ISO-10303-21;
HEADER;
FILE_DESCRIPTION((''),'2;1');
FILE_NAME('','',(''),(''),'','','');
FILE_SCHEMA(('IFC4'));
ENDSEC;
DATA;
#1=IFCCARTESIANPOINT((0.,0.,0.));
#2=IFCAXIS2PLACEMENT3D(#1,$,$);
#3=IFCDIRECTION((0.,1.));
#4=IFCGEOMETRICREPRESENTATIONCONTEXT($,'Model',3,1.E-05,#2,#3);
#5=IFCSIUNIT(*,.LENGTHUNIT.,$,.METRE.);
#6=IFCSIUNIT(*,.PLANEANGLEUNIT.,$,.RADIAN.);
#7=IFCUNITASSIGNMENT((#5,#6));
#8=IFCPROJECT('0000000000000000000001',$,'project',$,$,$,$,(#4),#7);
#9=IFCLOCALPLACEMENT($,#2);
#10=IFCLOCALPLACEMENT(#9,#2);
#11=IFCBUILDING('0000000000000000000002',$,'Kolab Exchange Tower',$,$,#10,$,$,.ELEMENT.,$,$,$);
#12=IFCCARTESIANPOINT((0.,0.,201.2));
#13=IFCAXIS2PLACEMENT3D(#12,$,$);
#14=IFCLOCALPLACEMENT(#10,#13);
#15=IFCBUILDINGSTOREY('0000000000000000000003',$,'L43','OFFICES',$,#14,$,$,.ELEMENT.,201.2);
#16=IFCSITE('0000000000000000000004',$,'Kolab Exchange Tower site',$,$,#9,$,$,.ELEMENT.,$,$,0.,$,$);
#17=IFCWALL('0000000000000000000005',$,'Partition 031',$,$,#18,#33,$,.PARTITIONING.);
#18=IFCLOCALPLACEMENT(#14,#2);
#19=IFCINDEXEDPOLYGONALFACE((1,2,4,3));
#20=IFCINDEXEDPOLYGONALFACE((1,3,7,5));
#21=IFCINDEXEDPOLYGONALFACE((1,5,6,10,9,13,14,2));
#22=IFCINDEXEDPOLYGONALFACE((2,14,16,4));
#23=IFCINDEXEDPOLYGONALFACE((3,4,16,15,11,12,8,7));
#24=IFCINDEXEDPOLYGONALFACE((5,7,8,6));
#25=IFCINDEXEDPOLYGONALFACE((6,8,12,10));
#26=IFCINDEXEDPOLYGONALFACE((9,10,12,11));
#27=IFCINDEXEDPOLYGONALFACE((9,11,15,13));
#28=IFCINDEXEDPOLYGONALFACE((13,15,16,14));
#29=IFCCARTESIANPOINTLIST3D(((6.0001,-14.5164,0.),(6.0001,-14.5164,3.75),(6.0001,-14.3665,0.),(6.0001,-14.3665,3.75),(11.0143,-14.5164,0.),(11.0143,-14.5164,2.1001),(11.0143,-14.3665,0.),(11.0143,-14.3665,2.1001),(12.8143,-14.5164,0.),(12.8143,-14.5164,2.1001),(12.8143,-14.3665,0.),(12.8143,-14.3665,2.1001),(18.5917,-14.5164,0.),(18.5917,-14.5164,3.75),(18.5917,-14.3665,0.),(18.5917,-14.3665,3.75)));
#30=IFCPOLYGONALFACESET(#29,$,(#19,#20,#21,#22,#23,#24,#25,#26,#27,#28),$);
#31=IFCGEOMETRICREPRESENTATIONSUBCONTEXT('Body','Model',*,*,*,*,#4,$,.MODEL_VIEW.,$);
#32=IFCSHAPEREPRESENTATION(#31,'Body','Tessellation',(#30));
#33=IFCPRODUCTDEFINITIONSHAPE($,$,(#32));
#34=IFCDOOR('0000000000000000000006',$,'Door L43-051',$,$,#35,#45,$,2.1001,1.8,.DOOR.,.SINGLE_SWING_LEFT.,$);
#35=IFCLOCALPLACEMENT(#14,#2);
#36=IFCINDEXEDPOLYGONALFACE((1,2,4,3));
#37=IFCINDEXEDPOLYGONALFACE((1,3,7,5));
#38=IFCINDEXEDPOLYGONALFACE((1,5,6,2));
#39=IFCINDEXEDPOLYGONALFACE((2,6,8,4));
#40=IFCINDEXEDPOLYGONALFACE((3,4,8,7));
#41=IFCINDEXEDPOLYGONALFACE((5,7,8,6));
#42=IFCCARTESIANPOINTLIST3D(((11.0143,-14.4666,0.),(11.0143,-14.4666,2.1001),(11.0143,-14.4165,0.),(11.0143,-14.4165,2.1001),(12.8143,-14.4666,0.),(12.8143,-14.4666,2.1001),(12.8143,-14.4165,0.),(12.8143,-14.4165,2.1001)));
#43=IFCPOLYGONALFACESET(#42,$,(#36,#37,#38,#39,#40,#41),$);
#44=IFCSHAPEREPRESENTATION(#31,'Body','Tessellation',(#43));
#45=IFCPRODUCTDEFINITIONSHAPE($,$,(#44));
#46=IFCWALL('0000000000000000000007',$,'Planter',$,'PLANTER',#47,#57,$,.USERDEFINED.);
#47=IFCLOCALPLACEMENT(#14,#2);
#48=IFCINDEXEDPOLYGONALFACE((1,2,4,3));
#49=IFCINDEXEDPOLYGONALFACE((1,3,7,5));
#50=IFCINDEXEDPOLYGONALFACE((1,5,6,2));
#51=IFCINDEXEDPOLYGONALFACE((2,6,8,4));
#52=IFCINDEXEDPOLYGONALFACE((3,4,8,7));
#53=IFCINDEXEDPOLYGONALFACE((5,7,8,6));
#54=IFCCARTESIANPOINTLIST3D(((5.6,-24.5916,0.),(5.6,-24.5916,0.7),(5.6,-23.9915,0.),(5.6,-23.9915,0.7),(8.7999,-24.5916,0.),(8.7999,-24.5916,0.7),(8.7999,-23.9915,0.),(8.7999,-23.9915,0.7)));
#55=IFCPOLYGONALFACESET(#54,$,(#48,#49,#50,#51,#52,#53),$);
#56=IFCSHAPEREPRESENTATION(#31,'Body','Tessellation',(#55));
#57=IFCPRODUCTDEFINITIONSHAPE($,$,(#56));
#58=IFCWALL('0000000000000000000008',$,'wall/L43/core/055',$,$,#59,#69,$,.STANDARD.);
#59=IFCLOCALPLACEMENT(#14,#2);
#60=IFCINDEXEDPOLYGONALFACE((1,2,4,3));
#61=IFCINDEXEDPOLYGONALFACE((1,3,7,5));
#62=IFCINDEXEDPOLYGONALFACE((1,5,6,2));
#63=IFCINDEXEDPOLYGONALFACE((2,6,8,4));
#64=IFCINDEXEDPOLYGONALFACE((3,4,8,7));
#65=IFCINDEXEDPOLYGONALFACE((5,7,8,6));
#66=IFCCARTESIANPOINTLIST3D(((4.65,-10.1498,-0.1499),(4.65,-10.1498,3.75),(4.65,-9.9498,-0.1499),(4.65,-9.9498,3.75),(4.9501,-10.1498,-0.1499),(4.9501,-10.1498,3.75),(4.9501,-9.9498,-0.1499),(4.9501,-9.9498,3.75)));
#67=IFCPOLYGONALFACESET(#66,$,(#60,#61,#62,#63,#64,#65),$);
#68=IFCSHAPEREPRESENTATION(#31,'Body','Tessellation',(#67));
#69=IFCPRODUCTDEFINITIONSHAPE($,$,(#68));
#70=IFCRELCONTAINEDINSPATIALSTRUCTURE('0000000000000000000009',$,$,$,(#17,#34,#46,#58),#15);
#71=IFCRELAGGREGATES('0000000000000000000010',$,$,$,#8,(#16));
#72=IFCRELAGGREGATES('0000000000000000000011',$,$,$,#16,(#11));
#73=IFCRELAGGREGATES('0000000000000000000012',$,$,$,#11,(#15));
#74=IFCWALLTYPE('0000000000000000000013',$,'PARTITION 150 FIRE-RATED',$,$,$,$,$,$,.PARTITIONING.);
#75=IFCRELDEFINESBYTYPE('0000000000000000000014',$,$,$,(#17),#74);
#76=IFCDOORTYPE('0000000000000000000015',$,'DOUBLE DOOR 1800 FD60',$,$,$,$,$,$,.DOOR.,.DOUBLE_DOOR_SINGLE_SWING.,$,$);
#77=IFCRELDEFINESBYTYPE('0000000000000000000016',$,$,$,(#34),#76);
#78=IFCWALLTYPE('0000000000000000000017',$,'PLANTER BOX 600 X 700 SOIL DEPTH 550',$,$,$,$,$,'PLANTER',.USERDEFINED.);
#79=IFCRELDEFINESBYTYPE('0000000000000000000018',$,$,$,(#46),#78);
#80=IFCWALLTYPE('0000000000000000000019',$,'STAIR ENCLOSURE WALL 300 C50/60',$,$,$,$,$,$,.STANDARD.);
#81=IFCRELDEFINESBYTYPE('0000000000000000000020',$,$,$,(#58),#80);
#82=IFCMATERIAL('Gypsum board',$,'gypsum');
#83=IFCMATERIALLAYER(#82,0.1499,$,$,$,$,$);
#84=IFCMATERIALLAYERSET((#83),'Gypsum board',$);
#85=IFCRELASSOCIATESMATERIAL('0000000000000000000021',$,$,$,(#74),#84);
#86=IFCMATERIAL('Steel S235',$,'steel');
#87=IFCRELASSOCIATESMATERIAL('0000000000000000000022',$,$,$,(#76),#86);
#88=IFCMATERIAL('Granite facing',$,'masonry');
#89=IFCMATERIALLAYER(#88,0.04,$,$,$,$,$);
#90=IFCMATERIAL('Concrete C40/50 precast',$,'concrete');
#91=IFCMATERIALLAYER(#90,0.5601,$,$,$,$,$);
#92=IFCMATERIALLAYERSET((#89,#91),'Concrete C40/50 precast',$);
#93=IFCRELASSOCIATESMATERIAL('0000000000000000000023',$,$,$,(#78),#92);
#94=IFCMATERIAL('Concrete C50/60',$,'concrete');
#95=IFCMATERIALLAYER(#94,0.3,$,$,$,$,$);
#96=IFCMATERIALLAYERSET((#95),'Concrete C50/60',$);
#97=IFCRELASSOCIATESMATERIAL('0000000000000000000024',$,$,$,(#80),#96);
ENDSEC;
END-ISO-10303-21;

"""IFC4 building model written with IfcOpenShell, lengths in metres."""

from ifc_helpers import new_model, si_unit, direction, frame, frame_2d, origin, place, context, subcontext, project, spatial, rectangle, extrude, material, layer, layer_set, type_object, element, fill, save


model = new_model("IFC4")

# Units and contexts
model_context = context("Model", 3, precision=1e-05, world=origin(), true_north=direction((0.0, 1.0)))
body_context = subcontext(model_context, "Body", "Model", "MODEL_VIEW")
ifc_project = project(units=[si_unit("LENGTHUNIT", "METRE"), si_unit("PLANEANGLEUNIT", "RADIAN")], contexts=[model_context])

# Site, building, storey
site_placement = place(None, origin())
site = spatial("IfcSite", under=ifc_project, at=site_placement, Name="Kolab Exchange Tower site", CompositionType="ELEMENT", RefElevation=0.0)
building_placement = place(site_placement, origin())
building = spatial("IfcBuilding", under=site, at=building_placement, Name="Kolab Exchange Tower", CompositionType="ELEMENT")
storey_placement = place(building_placement, frame((0.0, 0.0, 201.2)))
storey = spatial("IfcBuildingStorey", under=building, at=storey_placement, Name="L43", Description="OFFICES", CompositionType="ELEMENT", Elevation=201.2)

# Shared definitions
ifc_material_1 = material(Name="Gypsum board", Category="gypsum")

# Wall, opening, door
ifc_layer_1 = layer(ifc_material_1, 0.1499)
ifc_layer_set_1 = layer_set([ifc_layer_1], Name="Gypsum board")
wall_type_1 = type_object("IfcWallType", Name="PARTITION 150 FIRE-RATED", PredefinedType="PARTITIONING", material=ifc_layer_set_1)
ifc_material_2 = material(Name="Steel S235", Category="steel")
wall_1_placement = place(storey_placement, frame((6.0, -14.4414, 0.0), z_axis=(0.0, 0.0, 1.0), x_axis=(1.0, 0.0, 0.0)))
wall_1 = element("IfcWall", 1, at=wall_1_placement, inside=storey, type_object=wall_type_1, Name="Partition 031", PredefinedType="PARTITIONING", context=body_context, shape_type="SweptSolid", body=[
    extrude(rectangle(XDim=12.5916, YDim=0.1499, at=frame_2d((6.2959, 0.0))), origin(), (0.0, 0.0, 1.0), 3.75),
])
opening_1_placement = place(wall_1_placement, frame((5.0144, 0.0, 0.0)))
opening_1 = element("IfcOpeningElement", 2, at=opening_1_placement, cuts=wall_1, PredefinedType="OPENING", context=body_context, shape_type="SweptSolid", body=[
    extrude(rectangle(XDim=1.8, YDim=2.1001, at=frame_2d((0.8999, 1.05))), frame((0.0, 0.085, 0.0), z_axis=(0.0, -1.0, 0.0), x_axis=(1.0, 0.0, 0.0)), (0.0, 0.0, 1.0), 0.1699),
])
door_type_1 = type_object("IfcDoorType", Name="DOUBLE DOOR 1800 FD60", OperationType="DOUBLE_DOOR_SINGLE_SWING", PredefinedType="DOOR", material=ifc_material_2)
door_1_placement = place(opening_1_placement, origin())
door_1 = element("IfcDoor", 3, at=door_1_placement, inside=storey, type_object=door_type_1, Name="Door L43-051", OperationType="SINGLE_SWING_LEFT", OverallHeight=2.1001, OverallWidth=1.8, PredefinedType="DOOR", context=body_context, shape_type="SweptSolid", body=[
    extrude(rectangle(XDim=1.8, YDim=2.1001, at=frame_2d((0.8999, 1.05))), frame((0.0, 0.0249, 0.0), z_axis=(0.0, -1.0, 0.0), x_axis=(1.0, 0.0, 0.0)), (0.0, 0.0, 1.0), 0.05),
])
fill(opening_1, door_1)

# Walls
ifc_material_3 = material(Name="Granite facing", Category="masonry")
ifc_layer_2 = layer(ifc_material_3, 0.04)
ifc_material_4 = material(Name="Concrete C40/50 precast", Category="concrete")
ifc_layer_3 = layer(ifc_material_4, 0.5601)
ifc_layer_set_2 = layer_set([ifc_layer_2, ifc_layer_3], Name="Concrete C40/50 precast")
wall_type_2 = type_object("IfcWallType", Name="PLANTER BOX 600 X 700 SOIL DEPTH 550", ElementType="PLANTER", PredefinedType="USERDEFINED", material=ifc_layer_set_2)
wall_2_placement = place(storey_placement, frame((8.8, -24.2915, 0.0), z_axis=(0.0, 0.0, 1.0), x_axis=(-1.0, 0.0, 0.0)))
element("IfcWall", 4, at=wall_2_placement, inside=storey, type_object=wall_type_2, Name="Planter", ObjectType="PLANTER", PredefinedType="USERDEFINED", context=body_context, shape_type="SweptSolid", body=[
    extrude(rectangle(XDim=3.2, YDim=0.6001, at=frame_2d((1.6001, 0.0))), origin(), (0.0, 0.0, 1.0), 0.7),
])
ifc_material_5 = material(Name="Concrete C50/60", Category="concrete")
ifc_layer_4 = layer(ifc_material_5, 0.3)
ifc_layer_set_3 = layer_set([ifc_layer_4], Name="Concrete C50/60")
wall_type_3 = type_object("IfcWallType", Name="STAIR ENCLOSURE WALL 300 C50/60", PredefinedType="STANDARD", material=ifc_layer_set_3)
wall_3_placement = place(storey_placement, frame((4.8, -10.1499, -0.1499), z_axis=(0.0, 0.0, 1.0), x_axis=(0.0, 1.0, 0.0)))
element("IfcWall", 5, at=wall_3_placement, inside=storey, type_object=wall_type_3, Name="wall/L43/core/055", PredefinedType="STANDARD", context=body_context, shape_type="SweptSolid", body=[
    extrude(rectangle(XDim=0.2, YDim=0.3, at=frame_2d((0.1001, 0.0))), origin(), (0.0, 0.0, 1.0), 3.8999),
])

save(model, "model.ifc")
